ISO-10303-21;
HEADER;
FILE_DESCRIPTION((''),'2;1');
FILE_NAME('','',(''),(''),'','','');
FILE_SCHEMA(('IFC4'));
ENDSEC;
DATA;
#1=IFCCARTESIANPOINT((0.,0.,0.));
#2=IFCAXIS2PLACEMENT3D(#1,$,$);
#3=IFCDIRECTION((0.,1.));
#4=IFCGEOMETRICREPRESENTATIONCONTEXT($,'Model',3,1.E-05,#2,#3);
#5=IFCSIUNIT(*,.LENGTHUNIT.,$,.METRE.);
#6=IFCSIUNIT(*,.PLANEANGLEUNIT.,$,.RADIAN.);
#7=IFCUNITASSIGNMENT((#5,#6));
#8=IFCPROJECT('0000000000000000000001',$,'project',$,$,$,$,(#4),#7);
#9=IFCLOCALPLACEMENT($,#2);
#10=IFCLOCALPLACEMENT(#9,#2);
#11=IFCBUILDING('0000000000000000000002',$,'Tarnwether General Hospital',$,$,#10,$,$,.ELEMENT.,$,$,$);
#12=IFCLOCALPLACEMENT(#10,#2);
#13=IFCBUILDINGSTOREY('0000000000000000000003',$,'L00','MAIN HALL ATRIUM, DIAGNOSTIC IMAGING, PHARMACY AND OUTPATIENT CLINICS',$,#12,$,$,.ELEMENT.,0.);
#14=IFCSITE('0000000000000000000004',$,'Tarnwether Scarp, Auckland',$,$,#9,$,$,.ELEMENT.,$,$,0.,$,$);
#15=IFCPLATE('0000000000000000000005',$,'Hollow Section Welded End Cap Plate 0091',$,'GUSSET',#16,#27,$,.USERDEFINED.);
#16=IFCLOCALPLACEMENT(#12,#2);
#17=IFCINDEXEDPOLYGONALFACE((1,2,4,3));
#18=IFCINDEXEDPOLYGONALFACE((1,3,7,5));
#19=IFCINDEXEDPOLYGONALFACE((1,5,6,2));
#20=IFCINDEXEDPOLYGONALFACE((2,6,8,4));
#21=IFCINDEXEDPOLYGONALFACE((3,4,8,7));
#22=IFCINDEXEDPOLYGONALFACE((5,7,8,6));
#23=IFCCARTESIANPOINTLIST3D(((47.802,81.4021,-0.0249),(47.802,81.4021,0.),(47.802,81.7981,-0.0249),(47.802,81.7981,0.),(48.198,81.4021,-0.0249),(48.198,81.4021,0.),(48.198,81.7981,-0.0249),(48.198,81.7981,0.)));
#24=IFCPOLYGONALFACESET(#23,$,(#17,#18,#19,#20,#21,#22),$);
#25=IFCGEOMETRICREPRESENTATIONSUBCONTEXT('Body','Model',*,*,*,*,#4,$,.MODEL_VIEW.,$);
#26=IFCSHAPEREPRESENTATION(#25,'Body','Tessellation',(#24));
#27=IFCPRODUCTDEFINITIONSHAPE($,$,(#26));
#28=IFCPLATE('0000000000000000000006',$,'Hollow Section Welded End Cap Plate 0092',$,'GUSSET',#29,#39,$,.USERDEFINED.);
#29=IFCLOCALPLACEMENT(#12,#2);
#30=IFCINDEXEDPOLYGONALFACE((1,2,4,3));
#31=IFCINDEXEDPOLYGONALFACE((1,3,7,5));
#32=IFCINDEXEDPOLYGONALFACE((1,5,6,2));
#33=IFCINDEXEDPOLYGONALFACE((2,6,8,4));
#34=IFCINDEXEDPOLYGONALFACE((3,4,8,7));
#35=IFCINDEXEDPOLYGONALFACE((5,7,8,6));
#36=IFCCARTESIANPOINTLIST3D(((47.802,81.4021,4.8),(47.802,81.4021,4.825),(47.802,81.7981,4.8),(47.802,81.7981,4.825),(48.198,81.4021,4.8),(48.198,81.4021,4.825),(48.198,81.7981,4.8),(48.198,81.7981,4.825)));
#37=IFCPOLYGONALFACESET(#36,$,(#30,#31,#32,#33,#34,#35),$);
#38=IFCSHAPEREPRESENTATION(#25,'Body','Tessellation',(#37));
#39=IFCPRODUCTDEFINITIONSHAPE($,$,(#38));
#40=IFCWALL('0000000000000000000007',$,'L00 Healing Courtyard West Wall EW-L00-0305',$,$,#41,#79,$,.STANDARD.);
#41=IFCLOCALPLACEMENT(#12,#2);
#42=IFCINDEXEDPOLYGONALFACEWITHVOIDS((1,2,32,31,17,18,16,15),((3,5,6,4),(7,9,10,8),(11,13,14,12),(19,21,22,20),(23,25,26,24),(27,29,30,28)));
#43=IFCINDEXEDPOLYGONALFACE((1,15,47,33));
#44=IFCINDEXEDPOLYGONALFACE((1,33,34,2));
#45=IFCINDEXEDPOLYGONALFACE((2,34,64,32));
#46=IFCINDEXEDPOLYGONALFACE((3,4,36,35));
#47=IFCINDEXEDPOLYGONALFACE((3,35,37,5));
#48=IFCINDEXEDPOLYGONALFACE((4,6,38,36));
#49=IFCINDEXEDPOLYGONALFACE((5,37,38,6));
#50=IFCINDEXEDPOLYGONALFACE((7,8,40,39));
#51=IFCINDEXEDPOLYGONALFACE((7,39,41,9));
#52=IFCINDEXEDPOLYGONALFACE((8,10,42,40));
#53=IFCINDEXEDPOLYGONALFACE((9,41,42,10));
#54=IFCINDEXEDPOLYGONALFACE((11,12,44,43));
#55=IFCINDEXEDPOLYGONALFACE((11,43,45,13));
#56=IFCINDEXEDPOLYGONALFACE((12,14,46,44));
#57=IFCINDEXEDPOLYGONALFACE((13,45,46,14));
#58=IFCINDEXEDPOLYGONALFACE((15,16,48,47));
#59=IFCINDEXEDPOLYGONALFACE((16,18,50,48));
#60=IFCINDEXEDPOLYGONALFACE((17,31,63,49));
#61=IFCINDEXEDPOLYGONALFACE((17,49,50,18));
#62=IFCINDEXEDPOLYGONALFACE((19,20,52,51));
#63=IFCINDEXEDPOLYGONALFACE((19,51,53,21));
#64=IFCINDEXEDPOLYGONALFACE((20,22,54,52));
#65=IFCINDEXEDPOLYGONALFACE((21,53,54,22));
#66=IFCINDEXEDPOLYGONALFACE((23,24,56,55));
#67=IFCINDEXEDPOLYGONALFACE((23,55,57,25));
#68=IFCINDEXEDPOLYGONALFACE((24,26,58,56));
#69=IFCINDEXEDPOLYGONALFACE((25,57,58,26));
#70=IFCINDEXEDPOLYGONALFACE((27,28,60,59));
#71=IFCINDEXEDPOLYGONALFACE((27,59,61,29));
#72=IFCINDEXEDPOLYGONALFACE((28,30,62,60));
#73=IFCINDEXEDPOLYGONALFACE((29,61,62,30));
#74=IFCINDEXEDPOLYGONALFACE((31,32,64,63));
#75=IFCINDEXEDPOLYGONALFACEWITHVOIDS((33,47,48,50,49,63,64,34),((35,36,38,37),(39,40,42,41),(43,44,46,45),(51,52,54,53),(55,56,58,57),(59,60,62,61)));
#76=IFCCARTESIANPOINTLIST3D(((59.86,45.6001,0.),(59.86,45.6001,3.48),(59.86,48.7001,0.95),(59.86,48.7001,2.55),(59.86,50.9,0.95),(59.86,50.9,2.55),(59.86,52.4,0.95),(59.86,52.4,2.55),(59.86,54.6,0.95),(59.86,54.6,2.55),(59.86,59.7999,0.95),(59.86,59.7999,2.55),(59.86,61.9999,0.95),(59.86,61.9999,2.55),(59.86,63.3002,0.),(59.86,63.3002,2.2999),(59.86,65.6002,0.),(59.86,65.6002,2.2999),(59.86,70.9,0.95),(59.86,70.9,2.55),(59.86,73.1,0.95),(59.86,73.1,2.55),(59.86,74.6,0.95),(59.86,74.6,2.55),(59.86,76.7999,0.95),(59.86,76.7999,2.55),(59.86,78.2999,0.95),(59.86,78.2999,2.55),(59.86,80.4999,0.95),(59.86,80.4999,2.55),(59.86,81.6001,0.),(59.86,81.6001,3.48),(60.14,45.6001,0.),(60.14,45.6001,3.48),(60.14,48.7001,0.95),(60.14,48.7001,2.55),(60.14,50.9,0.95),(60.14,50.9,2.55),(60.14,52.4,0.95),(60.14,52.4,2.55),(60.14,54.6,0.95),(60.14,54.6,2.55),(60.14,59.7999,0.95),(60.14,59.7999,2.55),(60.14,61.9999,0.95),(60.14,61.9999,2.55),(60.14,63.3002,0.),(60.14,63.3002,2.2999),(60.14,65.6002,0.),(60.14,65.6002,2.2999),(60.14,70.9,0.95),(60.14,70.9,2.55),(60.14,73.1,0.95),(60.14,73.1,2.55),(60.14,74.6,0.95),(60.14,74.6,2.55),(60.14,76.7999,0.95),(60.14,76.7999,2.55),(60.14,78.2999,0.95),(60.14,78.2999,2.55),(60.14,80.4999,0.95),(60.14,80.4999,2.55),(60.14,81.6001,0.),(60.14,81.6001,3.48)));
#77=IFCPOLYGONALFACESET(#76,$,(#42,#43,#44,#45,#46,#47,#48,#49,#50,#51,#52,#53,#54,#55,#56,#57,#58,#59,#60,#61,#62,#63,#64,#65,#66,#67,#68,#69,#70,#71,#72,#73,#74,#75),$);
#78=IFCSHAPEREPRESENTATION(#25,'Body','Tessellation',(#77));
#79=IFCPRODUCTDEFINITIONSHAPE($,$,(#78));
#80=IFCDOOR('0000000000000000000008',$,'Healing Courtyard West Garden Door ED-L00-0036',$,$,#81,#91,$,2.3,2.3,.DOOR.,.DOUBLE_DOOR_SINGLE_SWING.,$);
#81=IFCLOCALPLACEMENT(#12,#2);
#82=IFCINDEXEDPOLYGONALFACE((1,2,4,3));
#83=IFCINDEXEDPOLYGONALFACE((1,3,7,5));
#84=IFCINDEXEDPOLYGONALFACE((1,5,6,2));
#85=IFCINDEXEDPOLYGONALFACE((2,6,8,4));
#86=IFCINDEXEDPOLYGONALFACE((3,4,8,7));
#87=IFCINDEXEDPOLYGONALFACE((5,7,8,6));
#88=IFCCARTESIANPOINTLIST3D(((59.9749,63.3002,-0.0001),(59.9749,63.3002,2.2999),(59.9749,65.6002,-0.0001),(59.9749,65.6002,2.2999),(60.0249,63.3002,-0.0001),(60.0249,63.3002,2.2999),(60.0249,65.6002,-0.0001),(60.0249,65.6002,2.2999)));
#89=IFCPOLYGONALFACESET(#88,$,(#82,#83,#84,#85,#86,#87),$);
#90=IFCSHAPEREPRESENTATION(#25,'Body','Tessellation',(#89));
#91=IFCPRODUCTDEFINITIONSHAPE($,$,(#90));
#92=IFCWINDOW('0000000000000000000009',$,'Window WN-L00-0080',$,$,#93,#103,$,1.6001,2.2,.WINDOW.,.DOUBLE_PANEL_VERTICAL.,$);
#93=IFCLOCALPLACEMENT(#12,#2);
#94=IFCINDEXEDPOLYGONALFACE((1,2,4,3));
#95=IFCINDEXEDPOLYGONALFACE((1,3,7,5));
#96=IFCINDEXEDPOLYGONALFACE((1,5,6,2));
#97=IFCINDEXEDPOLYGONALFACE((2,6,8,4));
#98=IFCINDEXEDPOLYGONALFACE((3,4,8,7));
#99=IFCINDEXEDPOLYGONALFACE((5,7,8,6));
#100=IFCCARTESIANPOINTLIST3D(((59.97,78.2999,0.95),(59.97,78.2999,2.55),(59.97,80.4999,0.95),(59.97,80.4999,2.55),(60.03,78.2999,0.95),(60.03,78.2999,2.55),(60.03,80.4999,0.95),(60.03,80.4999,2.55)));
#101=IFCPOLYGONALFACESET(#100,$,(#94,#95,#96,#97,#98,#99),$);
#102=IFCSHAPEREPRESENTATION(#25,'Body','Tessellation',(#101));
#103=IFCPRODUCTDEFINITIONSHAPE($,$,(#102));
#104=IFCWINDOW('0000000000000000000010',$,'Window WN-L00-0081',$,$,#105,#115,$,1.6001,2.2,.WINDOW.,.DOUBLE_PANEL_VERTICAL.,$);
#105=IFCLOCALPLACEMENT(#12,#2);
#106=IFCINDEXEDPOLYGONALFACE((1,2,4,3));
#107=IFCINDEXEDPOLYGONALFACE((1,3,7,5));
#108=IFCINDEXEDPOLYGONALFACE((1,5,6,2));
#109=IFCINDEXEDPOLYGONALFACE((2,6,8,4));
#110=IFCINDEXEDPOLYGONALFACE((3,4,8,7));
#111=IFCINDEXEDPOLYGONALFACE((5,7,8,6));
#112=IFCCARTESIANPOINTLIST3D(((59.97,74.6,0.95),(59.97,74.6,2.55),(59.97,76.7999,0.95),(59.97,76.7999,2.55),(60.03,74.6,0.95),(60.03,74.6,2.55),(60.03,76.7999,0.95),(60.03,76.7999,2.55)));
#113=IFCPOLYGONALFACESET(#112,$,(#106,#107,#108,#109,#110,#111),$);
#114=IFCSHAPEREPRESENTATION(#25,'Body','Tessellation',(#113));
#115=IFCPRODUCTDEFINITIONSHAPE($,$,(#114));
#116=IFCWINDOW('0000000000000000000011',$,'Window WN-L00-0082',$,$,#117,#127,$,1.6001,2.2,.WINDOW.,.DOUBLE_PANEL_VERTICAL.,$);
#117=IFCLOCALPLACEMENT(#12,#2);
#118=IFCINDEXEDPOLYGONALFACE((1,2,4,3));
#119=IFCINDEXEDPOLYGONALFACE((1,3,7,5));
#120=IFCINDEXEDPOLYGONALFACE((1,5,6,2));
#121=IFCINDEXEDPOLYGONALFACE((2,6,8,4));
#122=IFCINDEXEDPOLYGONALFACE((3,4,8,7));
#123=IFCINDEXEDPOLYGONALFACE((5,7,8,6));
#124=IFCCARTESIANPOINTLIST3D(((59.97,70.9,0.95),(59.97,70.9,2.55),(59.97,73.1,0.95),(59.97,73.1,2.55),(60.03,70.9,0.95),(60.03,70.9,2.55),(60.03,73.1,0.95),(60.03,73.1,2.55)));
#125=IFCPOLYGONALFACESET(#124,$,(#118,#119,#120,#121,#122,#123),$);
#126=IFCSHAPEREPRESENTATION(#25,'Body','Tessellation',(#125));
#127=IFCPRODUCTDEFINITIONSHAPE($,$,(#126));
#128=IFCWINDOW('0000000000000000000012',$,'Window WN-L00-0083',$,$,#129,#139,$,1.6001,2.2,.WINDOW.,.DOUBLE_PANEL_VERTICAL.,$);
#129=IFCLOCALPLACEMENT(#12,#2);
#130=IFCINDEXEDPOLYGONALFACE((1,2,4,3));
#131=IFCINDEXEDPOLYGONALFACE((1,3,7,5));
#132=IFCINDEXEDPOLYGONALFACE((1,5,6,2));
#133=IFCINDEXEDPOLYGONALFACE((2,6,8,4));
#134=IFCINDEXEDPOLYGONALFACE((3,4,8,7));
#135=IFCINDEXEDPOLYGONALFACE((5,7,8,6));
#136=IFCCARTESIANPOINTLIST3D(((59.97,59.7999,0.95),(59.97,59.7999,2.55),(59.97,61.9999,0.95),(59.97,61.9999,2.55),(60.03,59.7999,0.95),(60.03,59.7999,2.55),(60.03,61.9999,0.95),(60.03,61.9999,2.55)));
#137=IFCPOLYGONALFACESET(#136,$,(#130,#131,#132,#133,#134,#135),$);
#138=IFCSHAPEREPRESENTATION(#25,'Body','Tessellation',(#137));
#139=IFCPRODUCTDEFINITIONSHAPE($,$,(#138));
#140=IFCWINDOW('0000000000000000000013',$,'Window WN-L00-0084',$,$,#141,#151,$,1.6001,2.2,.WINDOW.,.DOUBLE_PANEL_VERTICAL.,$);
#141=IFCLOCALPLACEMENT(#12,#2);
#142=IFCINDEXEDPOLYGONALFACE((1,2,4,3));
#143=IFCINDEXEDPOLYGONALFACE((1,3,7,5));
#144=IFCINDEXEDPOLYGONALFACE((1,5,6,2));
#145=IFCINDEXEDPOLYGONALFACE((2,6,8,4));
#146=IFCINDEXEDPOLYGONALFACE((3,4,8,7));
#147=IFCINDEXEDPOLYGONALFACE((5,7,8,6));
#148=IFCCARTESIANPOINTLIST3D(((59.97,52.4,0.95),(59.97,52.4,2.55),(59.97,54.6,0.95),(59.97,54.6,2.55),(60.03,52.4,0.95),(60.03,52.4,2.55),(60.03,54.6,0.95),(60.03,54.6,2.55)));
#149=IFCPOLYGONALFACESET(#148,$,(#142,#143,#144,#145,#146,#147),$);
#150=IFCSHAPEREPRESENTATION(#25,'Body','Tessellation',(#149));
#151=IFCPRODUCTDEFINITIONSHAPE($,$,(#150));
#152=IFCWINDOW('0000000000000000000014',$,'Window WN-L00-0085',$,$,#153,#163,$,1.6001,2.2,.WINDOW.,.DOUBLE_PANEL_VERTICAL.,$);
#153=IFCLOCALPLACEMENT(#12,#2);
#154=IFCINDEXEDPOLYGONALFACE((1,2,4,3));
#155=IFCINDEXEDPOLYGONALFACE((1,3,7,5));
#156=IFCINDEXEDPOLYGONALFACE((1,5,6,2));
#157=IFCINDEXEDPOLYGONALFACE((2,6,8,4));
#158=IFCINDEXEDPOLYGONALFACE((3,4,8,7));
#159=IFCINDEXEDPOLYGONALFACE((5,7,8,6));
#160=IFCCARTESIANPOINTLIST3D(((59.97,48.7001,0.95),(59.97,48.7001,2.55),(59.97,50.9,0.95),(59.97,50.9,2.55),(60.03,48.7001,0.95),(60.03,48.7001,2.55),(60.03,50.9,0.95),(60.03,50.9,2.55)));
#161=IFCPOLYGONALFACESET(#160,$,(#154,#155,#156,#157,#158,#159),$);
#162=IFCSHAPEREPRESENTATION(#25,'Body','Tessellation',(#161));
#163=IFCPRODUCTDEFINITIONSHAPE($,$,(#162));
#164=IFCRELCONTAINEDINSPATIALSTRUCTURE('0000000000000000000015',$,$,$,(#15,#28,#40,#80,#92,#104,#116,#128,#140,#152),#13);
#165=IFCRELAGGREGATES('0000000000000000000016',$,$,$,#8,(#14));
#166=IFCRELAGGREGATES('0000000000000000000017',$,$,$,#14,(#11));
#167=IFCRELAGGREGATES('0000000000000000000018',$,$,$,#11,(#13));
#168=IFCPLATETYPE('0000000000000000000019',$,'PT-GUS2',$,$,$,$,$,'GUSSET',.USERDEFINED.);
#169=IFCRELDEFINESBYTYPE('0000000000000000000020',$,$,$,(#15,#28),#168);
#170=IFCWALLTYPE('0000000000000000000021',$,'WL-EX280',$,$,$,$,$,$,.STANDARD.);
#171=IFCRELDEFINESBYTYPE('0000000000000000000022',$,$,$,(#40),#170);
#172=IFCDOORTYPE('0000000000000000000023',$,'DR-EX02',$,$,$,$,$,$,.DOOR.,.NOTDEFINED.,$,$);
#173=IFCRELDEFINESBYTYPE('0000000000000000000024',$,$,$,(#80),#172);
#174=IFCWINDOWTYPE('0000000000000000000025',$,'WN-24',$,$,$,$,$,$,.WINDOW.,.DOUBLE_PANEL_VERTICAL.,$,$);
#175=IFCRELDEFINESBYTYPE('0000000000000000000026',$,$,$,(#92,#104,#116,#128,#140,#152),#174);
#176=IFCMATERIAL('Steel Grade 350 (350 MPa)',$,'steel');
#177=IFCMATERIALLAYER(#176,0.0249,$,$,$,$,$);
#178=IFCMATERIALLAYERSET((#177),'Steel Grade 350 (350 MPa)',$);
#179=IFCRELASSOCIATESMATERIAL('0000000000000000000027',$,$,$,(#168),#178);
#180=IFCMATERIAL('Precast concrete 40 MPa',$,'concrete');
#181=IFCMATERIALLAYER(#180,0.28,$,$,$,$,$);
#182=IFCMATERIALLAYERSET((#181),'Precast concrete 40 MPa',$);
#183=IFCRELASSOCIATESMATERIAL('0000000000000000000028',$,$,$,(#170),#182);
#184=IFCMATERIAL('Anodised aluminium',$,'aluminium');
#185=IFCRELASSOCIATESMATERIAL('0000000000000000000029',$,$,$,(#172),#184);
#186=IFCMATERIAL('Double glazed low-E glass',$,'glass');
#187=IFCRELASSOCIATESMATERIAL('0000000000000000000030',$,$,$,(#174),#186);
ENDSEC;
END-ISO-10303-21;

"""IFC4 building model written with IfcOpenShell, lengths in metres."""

from ifc_helpers import new_model, si_unit, direction, frame, frame_2d, origin, origin_2d, place, context, subcontext, project, spatial, rectangle, extrude, material, layer, layer_set, type_object, element, fill, save


model = new_model("IFC4")

# Units and contexts
model_context = context("Model", 3, precision=1e-05, world=origin(), true_north=direction((0.0, 1.0)))
body_context = subcontext(model_context, "Body", "Model", "MODEL_VIEW")
ifc_project = project(units=[si_unit("LENGTHUNIT", "METRE"), si_unit("PLANEANGLEUNIT", "RADIAN")], contexts=[model_context])

# Site, building, storey
site_placement = place(None, origin())
site = spatial("IfcSite", under=ifc_project, at=site_placement, Name="Tarnwether Scarp, Auckland", CompositionType="ELEMENT", RefElevation=0.0)
building_placement = place(site_placement, origin())
building = spatial("IfcBuilding", under=site, at=building_placement, Name="Tarnwether General Hospital", CompositionType="ELEMENT")
storey_placement = place(building_placement, origin())
storey = spatial("IfcBuildingStorey", under=building, at=storey_placement, Name="L00", Description="MAIN HALL ATRIUM, DIAGNOSTIC IMAGING, PHARMACY AND OUTPATIENT CLINICS", CompositionType="ELEMENT", Elevation=0.0)

# Plates
ifc_material_1 = material(Name="Steel Grade 350 (350 MPa)", Category="steel")
ifc_layer_1 = layer(ifc_material_1, 0.0249)
ifc_layer_set_1 = layer_set([ifc_layer_1], Name="Steel Grade 350 (350 MPa)")
plate_type = type_object("IfcPlateType", Name="PT-GUS2", ElementType="GUSSET", PredefinedType="USERDEFINED", material=ifc_layer_set_1)
for number, where, z_axis, x_axis, name in (
    (1, (48.0, 81.6001, -0.0249), (0.0, 0.0, 1.0), (1.0, 0.0, 0.0), "Hollow Section Welded End Cap Plate 0091"),
    (2, (48.0, 81.6001, 4.8), (0.0, 0.0, 1.0), (1.0, 0.0, 0.0), "Hollow Section Welded End Cap Plate 0092"),
):
    element("IfcPlate", number, at=place(storey_placement, frame(where, z_axis=z_axis, x_axis=x_axis)), inside=storey, type_object=plate_type, Name=name, ObjectType="GUSSET", PredefinedType="USERDEFINED", context=body_context, shape_type="SweptSolid", body=[
        extrude(rectangle(XDim=0.396, YDim=0.396, at=origin_2d()), origin(), (0.0, 0.0, 1.0), 0.0249),
    ])

# Wall, openings, door, windows
ifc_material_2 = material(Name="Precast concrete 40 MPa", Category="concrete")
ifc_layer_2 = layer(ifc_material_2, 0.28)
ifc_layer_set_2 = layer_set([ifc_layer_2], Name="Precast concrete 40 MPa")
wall_type = type_object("IfcWallType", Name="WL-EX280", PredefinedType="STANDARD", material=ifc_layer_set_2)
wall_placement = place(storey_placement, frame((60.0, 81.6001, 0.0), z_axis=(0.0, 0.0, 1.0), x_axis=(0.0, -1.0, 0.0)))
wall = element("IfcWall", 3, at=wall_placement, inside=storey, type_object=wall_type, Name="L00 Healing Courtyard West Wall EW-L00-0305", PredefinedType="STANDARD", context=body_context, shape_type="SweptSolid", body=[
    extrude(rectangle(XDim=36.0, YDim=0.28, at=frame_2d((18.0, 0.0))), origin(), (0.0, 0.0, 1.0), 3.48),
])
opening_1_placement = place(wall_placement, frame((16.0, 0.0, 0.0)))
opening_1 = element("IfcOpeningElement", 4, at=opening_1_placement, cuts=wall, PredefinedType="OPENING", context=body_context, shape_type="SweptSolid", body=[
    extrude(rectangle(XDim=2.3, YDim=2.3, at=frame_2d((1.1499, 1.1499))), frame((0.0, 0.1499, 0.0), z_axis=(0.0, -1.0, 0.0), x_axis=(1.0, 0.0, 0.0)), (0.0, 0.0, 1.0), 0.3),
])
opening_2_placement = place(wall_placement, frame((1.1001, 0.0, 0.95)))
opening_2 = element("IfcOpeningElement", 5, at=opening_2_placement, cuts=wall, PredefinedType="OPENING", context=body_context, shape_type="SweptSolid", body=[
    extrude(rectangle(XDim=2.2, YDim=1.6001, at=frame_2d((1.1001, 0.8))), frame((0.0, 0.1499, 0.0), z_axis=(0.0, -1.0, 0.0), x_axis=(1.0, 0.0, 0.0)), (0.0, 0.0, 1.0), 0.3),
])
opening_3_placement = place(wall_placement, frame((4.8, 0.0, 0.95)))
opening_3 = element("IfcOpeningElement", 6, at=opening_3_placement, cuts=wall, PredefinedType="OPENING", context=body_context, shape_type="SweptSolid", body=[
    extrude(rectangle(XDim=2.2, YDim=1.6001, at=frame_2d((1.1001, 0.8))), frame((0.0, 0.1499, 0.0), z_axis=(0.0, -1.0, 0.0), x_axis=(1.0, 0.0, 0.0)), (0.0, 0.0, 1.0), 0.3),
])
opening_4_placement = place(wall_placement, frame((8.5, 0.0, 0.95)))
opening_4 = element("IfcOpeningElement", 7, at=opening_4_placement, cuts=wall, PredefinedType="OPENING", context=body_context, shape_type="SweptSolid", body=[
    extrude(rectangle(XDim=2.2, YDim=1.6001, at=frame_2d((1.1001, 0.8))), frame((0.0, 0.1499, 0.0), z_axis=(0.0, -1.0, 0.0), x_axis=(1.0, 0.0, 0.0)), (0.0, 0.0, 1.0), 0.3),
])
opening_5_placement = place(wall_placement, frame((19.6001, 0.0, 0.95)))
opening_5 = element("IfcOpeningElement", 8, at=opening_5_placement, cuts=wall, PredefinedType="OPENING", context=body_context, shape_type="SweptSolid", body=[
    extrude(rectangle(XDim=2.2, YDim=1.6001, at=frame_2d((1.1001, 0.8))), frame((0.0, 0.1499, 0.0), z_axis=(0.0, -1.0, 0.0), x_axis=(1.0, 0.0, 0.0)), (0.0, 0.0, 1.0), 0.3),
])
opening_6_placement = place(wall_placement, frame((27.0, 0.0, 0.95)))
opening_6 = element("IfcOpeningElement", 9, at=opening_6_placement, cuts=wall, PredefinedType="OPENING", context=body_context, shape_type="SweptSolid", body=[
    extrude(rectangle(XDim=2.2, YDim=1.6001, at=frame_2d((1.1001, 0.8))), frame((0.0, 0.1499, 0.0), z_axis=(0.0, -1.0, 0.0), x_axis=(1.0, 0.0, 0.0)), (0.0, 0.0, 1.0), 0.3),
])
opening_7_placement = place(wall_placement, frame((30.7, 0.0, 0.95)))
opening_7 = element("IfcOpeningElement", 10, at=opening_7_placement, cuts=wall, PredefinedType="OPENING", context=body_context, shape_type="SweptSolid", body=[
    extrude(rectangle(XDim=2.2, YDim=1.6001, at=frame_2d((1.1001, 0.8))), frame((0.0, 0.1499, 0.0), z_axis=(0.0, -1.0, 0.0), x_axis=(1.0, 0.0, 0.0)), (0.0, 0.0, 1.0), 0.3),
])
ifc_material_3 = material(Name="Anodised aluminium", Category="aluminium")
door_type = type_object("IfcDoorType", Name="DR-EX02", OperationType="NOTDEFINED", PredefinedType="DOOR", material=ifc_material_3)
door_placement = place(opening_1_placement, origin())
door = element("IfcDoor", 11, at=door_placement, inside=storey, type_object=door_type, Name="Healing Courtyard West Garden Door ED-L00-0036", OperationType="DOUBLE_DOOR_SINGLE_SWING", OverallHeight=2.3, OverallWidth=2.3, PredefinedType="DOOR", context=body_context, shape_type="SweptSolid", body=[
    extrude(rectangle(XDim=2.3, YDim=2.3, at=frame_2d((1.1499, 1.1499))), frame((0.0, 0.0249, 0.0), z_axis=(0.0, -1.0, 0.0), x_axis=(1.0, 0.0, 0.0)), (0.0, 0.0, 1.0), 0.05),
])
fill(opening_1, door)
ifc_material_4 = material(Name="Double glazed low-E glass", Category="glass")
window_type = type_object("IfcWindowType", Name="WN-24", PartitioningType="DOUBLE_PANEL_VERTICAL", PredefinedType="WINDOW", material=ifc_material_4)
window_1_placement = place(opening_2_placement, origin())
window_1 = element("IfcWindow", 12, at=window_1_placement, inside=storey, type_object=window_type, Name="Window WN-L00-0080", OverallHeight=1.6001, OverallWidth=2.2, PartitioningType="DOUBLE_PANEL_VERTICAL", PredefinedType="WINDOW", context=body_context, shape_type="SweptSolid", body=[
    extrude(rectangle(XDim=2.2, YDim=1.6001, at=frame_2d((1.1001, 0.8))), frame((0.0, 0.03, 0.0), z_axis=(0.0, -1.0, 0.0), x_axis=(1.0, 0.0, 0.0)), (0.0, 0.0, 1.0), 0.0601),
])
fill(opening_2, window_1)
window_2_placement = place(opening_3_placement, origin())
window_2 = element("IfcWindow", 13, at=window_2_placement, inside=storey, type_object=window_type, Name="Window WN-L00-0081", OverallHeight=1.6001, OverallWidth=2.2, PartitioningType="DOUBLE_PANEL_VERTICAL", PredefinedType="WINDOW", context=body_context, shape_type="SweptSolid", body=[
    extrude(rectangle(XDim=2.2, YDim=1.6001, at=frame_2d((1.1001, 0.8))), frame((0.0, 0.03, 0.0), z_axis=(0.0, -1.0, 0.0), x_axis=(1.0, 0.0, 0.0)), (0.0, 0.0, 1.0), 0.0601),
])
fill(opening_3, window_2)
window_3_placement = place(opening_4_placement, origin())
window_3 = element("IfcWindow", 14, at=window_3_placement, inside=storey, type_object=window_type, Name="Window WN-L00-0082", OverallHeight=1.6001, OverallWidth=2.2, PartitioningType="DOUBLE_PANEL_VERTICAL", PredefinedType="WINDOW", context=body_context, shape_type="SweptSolid", body=[
    extrude(rectangle(XDim=2.2, YDim=1.6001, at=frame_2d((1.1001, 0.8))), frame((0.0, 0.03, 0.0), z_axis=(0.0, -1.0, 0.0), x_axis=(1.0, 0.0, 0.0)), (0.0, 0.0, 1.0), 0.0601),
])
fill(opening_4, window_3)
window_4_placement = place(opening_5_placement, origin())
window_4 = element("IfcWindow", 15, at=window_4_placement, inside=storey, type_object=window_type, Name="Window WN-L00-0083", OverallHeight=1.6001, OverallWidth=2.2, PartitioningType="DOUBLE_PANEL_VERTICAL", PredefinedType="WINDOW", context=body_context, shape_type="SweptSolid", body=[
    extrude(rectangle(XDim=2.2, YDim=1.6001, at=frame_2d((1.1001, 0.8))), frame((0.0, 0.03, 0.0), z_axis=(0.0, -1.0, 0.0), x_axis=(1.0, 0.0, 0.0)), (0.0, 0.0, 1.0), 0.0601),
])
fill(opening_5, window_4)
window_5_placement = place(opening_6_placement, origin())
window_5 = element("IfcWindow", 16, at=window_5_placement, inside=storey, type_object=window_type, Name="Window WN-L00-0084", OverallHeight=1.6001, OverallWidth=2.2, PartitioningType="DOUBLE_PANEL_VERTICAL", PredefinedType="WINDOW", context=body_context, shape_type="SweptSolid", body=[
    extrude(rectangle(XDim=2.2, YDim=1.6001, at=frame_2d((1.1001, 0.8))), frame((0.0, 0.03, 0.0), z_axis=(0.0, -1.0, 0.0), x_axis=(1.0, 0.0, 0.0)), (0.0, 0.0, 1.0), 0.0601),
])
fill(opening_6, window_5)
window_6_placement = place(opening_7_placement, origin())
window_6 = element("IfcWindow", 17, at=window_6_placement, inside=storey, type_object=window_type, Name="Window WN-L00-0085", OverallHeight=1.6001, OverallWidth=2.2, PartitioningType="DOUBLE_PANEL_VERTICAL", PredefinedType="WINDOW", context=body_context, shape_type="SweptSolid", body=[
    extrude(rectangle(XDim=2.2, YDim=1.6001, at=frame_2d((1.1001, 0.8))), frame((0.0, 0.03, 0.0), z_axis=(0.0, -1.0, 0.0), x_axis=(1.0, 0.0, 0.0)), (0.0, 0.0, 1.0), 0.0601),
])
fill(opening_7, window_6)

save(model, "model.ifc")
